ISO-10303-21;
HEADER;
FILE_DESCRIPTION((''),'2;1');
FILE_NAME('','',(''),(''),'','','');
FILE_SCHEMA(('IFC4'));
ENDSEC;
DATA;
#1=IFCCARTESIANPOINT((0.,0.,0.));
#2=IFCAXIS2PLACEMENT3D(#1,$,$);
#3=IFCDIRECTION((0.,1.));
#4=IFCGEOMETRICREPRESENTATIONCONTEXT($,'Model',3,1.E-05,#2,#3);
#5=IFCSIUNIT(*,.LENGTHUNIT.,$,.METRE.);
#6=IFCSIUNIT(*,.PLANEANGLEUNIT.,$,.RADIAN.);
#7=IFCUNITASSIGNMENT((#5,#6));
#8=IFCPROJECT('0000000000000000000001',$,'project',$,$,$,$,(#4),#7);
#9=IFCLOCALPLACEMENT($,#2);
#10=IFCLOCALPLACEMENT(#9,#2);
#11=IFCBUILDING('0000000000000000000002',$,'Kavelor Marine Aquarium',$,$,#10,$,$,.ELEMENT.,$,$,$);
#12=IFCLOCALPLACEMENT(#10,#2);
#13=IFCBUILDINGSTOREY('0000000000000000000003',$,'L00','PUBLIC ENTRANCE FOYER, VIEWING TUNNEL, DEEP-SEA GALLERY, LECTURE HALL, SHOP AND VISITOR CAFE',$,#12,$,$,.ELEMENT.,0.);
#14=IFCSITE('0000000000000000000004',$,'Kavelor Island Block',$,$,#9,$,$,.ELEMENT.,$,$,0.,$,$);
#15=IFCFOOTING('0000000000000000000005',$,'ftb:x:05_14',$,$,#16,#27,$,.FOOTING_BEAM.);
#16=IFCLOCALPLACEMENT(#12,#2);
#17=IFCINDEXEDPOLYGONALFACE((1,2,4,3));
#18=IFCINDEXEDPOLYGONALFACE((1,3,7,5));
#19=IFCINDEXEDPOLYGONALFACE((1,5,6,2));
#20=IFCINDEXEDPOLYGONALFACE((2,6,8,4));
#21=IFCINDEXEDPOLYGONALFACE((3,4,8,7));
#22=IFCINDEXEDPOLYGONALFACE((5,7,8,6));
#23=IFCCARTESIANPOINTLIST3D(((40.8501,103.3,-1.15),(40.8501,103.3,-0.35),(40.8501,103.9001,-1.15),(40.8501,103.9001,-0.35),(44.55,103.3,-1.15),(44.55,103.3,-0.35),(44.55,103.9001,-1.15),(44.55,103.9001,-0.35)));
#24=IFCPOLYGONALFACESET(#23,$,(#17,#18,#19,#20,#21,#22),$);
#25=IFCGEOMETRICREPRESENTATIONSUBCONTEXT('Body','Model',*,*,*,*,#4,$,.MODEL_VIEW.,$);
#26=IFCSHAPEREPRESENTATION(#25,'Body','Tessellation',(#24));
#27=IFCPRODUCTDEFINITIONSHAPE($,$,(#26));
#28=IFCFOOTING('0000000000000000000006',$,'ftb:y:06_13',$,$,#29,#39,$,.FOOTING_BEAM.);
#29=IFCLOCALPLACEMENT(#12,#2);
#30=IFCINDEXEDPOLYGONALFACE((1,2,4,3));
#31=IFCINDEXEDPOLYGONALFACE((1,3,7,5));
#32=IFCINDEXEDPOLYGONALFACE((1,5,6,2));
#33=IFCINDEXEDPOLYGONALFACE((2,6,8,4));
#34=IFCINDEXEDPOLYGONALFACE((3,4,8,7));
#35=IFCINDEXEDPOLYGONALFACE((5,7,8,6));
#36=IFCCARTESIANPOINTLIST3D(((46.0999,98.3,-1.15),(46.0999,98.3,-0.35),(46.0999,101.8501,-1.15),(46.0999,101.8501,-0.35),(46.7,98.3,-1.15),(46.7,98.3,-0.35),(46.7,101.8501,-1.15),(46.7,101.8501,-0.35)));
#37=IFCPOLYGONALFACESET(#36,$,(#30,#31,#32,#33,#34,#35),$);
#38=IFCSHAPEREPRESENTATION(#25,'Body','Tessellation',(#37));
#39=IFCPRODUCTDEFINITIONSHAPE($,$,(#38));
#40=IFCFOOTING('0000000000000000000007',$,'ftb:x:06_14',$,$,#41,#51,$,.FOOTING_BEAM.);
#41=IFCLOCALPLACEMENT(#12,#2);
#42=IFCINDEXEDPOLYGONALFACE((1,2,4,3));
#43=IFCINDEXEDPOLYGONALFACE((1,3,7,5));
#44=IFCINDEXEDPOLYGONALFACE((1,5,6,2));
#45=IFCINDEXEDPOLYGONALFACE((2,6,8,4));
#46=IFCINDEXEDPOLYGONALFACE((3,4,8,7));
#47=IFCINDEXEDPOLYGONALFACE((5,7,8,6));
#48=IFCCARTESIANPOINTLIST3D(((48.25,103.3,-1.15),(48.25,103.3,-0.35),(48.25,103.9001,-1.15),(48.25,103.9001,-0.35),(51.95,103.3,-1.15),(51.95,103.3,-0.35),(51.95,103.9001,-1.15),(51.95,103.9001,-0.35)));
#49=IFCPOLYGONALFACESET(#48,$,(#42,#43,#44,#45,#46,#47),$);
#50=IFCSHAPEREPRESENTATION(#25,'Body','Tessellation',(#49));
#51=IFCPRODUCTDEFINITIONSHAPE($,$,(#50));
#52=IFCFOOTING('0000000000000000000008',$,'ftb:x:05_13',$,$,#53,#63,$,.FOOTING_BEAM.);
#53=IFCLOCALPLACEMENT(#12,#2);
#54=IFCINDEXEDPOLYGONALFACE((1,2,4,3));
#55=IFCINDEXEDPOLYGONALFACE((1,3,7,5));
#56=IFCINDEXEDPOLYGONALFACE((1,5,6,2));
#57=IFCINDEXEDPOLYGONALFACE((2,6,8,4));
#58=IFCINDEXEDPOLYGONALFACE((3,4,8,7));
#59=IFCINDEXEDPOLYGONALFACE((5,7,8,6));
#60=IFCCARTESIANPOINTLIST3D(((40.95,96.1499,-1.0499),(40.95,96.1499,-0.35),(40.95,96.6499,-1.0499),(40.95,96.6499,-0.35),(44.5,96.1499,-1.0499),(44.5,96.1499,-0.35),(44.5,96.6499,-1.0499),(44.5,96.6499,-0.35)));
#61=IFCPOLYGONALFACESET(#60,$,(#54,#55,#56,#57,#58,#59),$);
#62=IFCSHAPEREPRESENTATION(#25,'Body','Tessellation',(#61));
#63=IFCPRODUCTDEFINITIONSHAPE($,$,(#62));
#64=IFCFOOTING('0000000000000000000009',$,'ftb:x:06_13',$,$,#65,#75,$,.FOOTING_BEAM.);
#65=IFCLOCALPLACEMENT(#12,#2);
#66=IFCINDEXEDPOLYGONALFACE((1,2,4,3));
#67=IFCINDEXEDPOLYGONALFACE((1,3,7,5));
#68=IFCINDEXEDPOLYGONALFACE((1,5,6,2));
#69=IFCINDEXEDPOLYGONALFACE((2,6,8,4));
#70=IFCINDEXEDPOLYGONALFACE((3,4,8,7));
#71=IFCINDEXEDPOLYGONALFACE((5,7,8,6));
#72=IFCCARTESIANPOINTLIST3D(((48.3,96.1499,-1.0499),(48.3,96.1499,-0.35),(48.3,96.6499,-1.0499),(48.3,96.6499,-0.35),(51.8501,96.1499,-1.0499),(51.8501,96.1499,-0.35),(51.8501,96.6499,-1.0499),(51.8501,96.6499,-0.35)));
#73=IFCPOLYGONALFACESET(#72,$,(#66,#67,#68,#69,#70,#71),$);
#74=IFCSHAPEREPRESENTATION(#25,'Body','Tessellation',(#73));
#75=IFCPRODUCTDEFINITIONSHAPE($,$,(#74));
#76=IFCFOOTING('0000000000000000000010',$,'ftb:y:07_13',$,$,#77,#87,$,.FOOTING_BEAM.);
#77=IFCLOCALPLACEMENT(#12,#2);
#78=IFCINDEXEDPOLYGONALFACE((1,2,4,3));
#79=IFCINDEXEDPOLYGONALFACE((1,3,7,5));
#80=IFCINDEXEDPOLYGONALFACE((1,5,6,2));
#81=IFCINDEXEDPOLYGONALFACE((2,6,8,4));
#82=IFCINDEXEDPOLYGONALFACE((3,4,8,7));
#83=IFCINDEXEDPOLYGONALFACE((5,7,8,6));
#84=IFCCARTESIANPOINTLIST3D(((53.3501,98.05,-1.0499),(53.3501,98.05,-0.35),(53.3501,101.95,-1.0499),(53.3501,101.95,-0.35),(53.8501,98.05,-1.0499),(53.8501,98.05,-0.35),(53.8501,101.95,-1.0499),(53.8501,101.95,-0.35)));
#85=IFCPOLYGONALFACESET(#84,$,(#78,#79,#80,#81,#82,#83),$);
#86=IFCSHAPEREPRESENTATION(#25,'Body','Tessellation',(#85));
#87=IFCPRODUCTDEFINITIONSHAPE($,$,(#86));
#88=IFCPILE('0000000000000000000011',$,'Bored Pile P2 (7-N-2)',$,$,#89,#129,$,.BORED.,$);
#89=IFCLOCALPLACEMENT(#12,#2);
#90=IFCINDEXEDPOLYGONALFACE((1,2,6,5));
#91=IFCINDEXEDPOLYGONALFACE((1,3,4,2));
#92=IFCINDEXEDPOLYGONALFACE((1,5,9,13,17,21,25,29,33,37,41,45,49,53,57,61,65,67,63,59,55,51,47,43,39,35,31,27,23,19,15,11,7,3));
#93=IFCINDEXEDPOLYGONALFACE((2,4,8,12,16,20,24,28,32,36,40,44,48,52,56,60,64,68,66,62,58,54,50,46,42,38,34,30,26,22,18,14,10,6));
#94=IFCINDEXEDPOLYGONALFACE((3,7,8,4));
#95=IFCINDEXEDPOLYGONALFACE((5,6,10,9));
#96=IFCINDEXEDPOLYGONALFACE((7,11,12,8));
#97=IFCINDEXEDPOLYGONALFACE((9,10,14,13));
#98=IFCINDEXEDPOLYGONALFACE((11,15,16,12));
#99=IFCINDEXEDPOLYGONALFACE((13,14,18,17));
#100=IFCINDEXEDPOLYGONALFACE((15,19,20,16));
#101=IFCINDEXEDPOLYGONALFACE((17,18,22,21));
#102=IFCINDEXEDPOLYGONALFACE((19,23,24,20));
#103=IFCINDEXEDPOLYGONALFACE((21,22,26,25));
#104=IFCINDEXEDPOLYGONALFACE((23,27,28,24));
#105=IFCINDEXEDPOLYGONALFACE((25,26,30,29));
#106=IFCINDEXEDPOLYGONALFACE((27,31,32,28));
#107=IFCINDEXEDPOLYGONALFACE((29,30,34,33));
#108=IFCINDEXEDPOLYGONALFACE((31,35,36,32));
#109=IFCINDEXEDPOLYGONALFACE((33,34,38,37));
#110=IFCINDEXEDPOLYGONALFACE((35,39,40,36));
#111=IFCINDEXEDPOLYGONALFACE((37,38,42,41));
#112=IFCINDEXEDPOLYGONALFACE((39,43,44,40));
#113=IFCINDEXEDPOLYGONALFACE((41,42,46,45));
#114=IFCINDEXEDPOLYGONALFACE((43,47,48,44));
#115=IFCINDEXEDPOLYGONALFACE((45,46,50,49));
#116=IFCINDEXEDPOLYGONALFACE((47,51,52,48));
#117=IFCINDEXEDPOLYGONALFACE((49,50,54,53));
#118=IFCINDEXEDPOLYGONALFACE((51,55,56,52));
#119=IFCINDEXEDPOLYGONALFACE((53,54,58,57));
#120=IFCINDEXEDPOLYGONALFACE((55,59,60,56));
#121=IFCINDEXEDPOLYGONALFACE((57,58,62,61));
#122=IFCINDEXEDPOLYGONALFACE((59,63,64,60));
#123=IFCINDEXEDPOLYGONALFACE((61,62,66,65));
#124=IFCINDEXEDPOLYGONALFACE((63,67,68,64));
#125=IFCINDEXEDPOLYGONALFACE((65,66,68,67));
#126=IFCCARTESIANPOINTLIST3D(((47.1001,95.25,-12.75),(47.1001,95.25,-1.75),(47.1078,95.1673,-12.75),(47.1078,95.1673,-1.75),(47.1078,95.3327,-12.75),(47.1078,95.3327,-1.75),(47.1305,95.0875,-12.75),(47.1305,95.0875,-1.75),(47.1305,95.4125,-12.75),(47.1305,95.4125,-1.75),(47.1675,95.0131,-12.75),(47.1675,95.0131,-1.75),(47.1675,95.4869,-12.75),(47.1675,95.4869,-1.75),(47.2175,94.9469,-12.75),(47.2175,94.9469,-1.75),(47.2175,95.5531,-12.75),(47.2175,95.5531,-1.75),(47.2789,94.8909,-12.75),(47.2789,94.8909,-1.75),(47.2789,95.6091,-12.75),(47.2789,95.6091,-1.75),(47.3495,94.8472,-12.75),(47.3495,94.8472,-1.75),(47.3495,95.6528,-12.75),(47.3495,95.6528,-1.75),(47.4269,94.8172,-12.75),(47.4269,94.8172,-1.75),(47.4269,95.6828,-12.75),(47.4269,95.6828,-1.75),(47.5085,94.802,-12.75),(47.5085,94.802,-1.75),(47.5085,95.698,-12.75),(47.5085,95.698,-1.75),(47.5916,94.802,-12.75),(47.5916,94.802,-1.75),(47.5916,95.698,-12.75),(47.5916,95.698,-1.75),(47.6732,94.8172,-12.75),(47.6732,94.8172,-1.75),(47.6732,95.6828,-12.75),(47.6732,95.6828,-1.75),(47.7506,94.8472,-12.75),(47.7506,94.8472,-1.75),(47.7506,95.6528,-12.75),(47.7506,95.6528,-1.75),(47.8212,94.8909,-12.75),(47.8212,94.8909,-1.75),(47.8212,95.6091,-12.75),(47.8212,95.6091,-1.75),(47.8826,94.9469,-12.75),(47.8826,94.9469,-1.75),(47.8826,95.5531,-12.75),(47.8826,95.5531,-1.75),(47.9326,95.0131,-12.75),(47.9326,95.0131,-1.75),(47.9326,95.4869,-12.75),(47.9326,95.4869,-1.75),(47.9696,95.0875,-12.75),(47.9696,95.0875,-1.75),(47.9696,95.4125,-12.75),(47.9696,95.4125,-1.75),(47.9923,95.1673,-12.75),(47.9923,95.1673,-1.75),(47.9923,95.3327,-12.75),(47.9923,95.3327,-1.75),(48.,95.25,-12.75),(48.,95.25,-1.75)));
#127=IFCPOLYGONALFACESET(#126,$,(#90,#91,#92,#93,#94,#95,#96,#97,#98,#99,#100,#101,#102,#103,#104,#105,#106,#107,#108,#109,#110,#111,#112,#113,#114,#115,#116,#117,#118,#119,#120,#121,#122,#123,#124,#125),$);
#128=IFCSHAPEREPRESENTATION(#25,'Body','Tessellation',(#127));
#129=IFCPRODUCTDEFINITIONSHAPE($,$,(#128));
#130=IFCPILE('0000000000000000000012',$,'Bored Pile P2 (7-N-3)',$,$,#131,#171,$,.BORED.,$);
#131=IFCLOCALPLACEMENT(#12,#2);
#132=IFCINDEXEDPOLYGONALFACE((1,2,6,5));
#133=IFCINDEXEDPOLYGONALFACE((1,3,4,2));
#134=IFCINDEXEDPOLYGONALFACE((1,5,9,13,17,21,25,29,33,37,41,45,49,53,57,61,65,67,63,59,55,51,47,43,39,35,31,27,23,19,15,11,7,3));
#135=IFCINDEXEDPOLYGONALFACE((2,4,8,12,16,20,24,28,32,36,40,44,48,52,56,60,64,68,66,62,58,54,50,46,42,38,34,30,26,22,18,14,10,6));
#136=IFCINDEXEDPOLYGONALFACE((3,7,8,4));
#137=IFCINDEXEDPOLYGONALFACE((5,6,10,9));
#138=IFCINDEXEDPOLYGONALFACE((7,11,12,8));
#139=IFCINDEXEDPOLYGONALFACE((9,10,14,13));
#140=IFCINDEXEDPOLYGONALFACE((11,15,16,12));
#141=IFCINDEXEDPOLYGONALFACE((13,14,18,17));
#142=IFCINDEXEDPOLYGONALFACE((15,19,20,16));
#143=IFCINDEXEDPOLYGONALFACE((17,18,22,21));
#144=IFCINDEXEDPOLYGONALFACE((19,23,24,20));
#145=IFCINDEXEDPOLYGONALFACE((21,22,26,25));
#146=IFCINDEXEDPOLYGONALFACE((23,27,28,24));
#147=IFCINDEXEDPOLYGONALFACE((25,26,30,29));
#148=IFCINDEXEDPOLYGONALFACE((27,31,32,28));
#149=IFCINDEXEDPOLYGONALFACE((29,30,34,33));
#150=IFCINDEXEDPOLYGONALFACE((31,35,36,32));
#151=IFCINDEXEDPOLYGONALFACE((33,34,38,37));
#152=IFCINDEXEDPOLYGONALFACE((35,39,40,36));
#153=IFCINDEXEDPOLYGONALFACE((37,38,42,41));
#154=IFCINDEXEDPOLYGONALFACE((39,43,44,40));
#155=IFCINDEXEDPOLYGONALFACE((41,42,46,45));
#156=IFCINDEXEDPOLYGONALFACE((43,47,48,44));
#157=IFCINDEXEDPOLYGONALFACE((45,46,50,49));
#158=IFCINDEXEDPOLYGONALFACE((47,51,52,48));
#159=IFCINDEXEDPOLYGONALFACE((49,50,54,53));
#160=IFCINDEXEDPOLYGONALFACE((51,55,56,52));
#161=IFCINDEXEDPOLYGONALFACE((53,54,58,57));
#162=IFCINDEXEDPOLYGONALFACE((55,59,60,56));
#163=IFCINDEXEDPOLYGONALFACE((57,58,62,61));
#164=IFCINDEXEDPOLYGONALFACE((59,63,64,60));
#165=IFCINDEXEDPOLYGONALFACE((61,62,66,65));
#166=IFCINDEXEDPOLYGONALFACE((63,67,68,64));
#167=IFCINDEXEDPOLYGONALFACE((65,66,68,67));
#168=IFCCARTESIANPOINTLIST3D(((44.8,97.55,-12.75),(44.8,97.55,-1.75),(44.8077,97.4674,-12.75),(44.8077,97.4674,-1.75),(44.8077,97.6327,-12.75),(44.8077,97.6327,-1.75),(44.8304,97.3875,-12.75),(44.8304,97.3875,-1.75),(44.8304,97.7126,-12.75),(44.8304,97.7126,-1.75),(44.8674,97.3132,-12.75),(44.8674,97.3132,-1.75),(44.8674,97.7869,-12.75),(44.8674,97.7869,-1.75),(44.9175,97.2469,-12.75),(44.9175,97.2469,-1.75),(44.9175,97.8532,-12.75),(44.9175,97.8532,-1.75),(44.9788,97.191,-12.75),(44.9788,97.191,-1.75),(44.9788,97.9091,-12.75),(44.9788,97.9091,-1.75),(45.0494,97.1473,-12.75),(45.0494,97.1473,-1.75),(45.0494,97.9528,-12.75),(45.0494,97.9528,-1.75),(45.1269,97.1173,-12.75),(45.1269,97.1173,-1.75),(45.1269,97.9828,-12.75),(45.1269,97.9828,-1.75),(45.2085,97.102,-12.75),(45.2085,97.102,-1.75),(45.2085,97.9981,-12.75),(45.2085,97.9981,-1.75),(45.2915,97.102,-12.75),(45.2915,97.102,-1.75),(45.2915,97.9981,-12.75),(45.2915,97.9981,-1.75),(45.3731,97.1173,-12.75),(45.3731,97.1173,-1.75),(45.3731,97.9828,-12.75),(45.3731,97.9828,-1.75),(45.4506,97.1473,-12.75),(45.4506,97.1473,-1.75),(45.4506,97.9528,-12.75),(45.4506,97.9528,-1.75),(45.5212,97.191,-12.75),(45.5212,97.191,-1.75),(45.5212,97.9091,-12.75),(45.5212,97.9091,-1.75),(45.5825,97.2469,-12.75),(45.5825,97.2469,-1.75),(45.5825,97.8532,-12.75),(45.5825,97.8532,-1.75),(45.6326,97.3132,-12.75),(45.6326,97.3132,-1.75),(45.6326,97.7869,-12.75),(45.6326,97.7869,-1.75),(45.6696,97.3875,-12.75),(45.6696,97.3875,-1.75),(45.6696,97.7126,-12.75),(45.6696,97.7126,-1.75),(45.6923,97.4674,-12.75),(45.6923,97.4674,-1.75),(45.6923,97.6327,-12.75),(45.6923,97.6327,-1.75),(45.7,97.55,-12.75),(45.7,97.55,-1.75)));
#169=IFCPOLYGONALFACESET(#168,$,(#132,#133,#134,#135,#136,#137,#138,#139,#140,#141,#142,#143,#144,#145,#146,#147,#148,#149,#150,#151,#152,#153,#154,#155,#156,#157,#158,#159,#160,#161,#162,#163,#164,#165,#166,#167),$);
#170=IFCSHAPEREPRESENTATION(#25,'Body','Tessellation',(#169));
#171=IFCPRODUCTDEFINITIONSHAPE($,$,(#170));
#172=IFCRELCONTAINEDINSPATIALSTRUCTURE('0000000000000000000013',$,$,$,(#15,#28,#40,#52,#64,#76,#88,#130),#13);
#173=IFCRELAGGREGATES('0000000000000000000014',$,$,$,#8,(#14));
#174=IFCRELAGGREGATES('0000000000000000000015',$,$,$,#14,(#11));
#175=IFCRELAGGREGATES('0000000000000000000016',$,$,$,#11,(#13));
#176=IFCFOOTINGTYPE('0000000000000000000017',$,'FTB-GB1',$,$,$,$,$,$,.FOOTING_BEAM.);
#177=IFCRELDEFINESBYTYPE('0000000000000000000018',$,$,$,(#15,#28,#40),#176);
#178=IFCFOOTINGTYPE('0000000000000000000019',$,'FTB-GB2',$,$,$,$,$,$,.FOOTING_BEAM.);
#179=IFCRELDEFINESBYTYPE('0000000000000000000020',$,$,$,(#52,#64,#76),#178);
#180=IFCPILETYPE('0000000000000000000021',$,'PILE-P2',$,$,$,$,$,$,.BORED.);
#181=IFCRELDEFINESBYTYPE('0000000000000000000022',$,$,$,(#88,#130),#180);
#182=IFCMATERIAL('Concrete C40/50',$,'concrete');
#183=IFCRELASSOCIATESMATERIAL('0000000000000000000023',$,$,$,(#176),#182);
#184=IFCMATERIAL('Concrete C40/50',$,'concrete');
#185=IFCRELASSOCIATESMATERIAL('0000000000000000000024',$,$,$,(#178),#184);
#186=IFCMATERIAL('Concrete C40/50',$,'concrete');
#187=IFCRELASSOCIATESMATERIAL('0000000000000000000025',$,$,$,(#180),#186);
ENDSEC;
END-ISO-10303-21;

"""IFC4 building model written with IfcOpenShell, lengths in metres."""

from ifc_helpers import new_model, si_unit, direction, frame, origin, origin_2d, place, context, subcontext, project, spatial, rectangle, circle, extrude, material, material_profile, profile_set, type_object, element, save


model = new_model("IFC4")

# Units and contexts
model_context = context("Model", 3, precision=1e-05, world=origin(), true_north=direction((0.0, 1.0)))
body_context = subcontext(model_context, "Body", "Model", "MODEL_VIEW")
ifc_project = project(units=[si_unit("LENGTHUNIT", "METRE"), si_unit("PLANEANGLEUNIT", "RADIAN")], contexts=[model_context])

# Site, building, storey
site_placement = place(None, origin())
site = spatial("IfcSite", under=ifc_project, at=site_placement, Name="Kavelor Island Block", CompositionType="ELEMENT", RefElevation=0.0)
building_placement = place(site_placement, origin())
building = spatial("IfcBuilding", under=site, at=building_placement, Name="Kavelor Marine Aquarium", CompositionType="ELEMENT")
storey_placement = place(building_placement, origin())
storey = spatial("IfcBuildingStorey", under=building, at=storey_placement, Name="L00", Description="PUBLIC ENTRANCE FOYER, VIEWING TUNNEL, DEEP-SEA GALLERY, LECTURE HALL, SHOP AND VISITOR CAFE", CompositionType="ELEMENT", Elevation=0.0)

# Footings
ifc_material_1 = material(Name="Concrete C40/50", Category="concrete")
ifc_material_profile_1 = material_profile(ifc_material_1, rectangle(XDim=0.6001, YDim=0.8, at=origin_2d()), Name="GB 600x800")
ifc_profile_set_1 = profile_set([ifc_material_profile_1], Name="Concrete C40/50")
footing_type_1 = type_object("IfcFootingType", Name="FTB-GB1", PredefinedType="FOOTING_BEAM", material=ifc_profile_set_1)
footing_1_placement = place(storey_placement, frame((40.8501, 103.6001, -0.75), z_axis=(1.0, 0.0, 0.0), x_axis=(0.0, 1.0, 0.0)))
element("IfcFooting", 1, at=footing_1_placement, inside=storey, type_object=footing_type_1, Name="ftb:x:05_14", PredefinedType="FOOTING_BEAM", context=body_context, shape_type="SweptSolid", body=[
    extrude(rectangle(XDim=0.6001, YDim=0.8, at=origin_2d()), origin(), (0.0, 0.0, 1.0), 3.7),
])
footing_2_placement = place(storey_placement, frame((46.3999, 98.3, -0.75), z_axis=(0.0, 1.0, 0.0), x_axis=(-1.0, 0.0, 0.0)))
element("IfcFooting", 2, at=footing_2_placement, inside=storey, type_object=footing_type_1, Name="ftb:y:06_13", PredefinedType="FOOTING_BEAM", context=body_context, shape_type="SweptSolid", body=[
    extrude(rectangle(XDim=0.6001, YDim=0.8, at=origin_2d()), origin(), (0.0, 0.0, 1.0), 3.55),
])
footing_3_placement = place(storey_placement, frame((48.25, 103.6001, -0.75), z_axis=(1.0, 0.0, 0.0), x_axis=(0.0, 1.0, 0.0)))
element("IfcFooting", 3, at=footing_3_placement, inside=storey, type_object=footing_type_1, Name="ftb:x:06_14", PredefinedType="FOOTING_BEAM", context=body_context, shape_type="SweptSolid", body=[
    extrude(rectangle(XDim=0.6001, YDim=0.8, at=origin_2d()), origin(), (0.0, 0.0, 1.0), 3.7),
])
ifc_material_2 = material(Name="Concrete C40/50", Category="concrete")
ifc_material_profile_2 = material_profile(ifc_material_2, rectangle(XDim=0.5, YDim=0.7, at=origin_2d()), Name="GB 500x700")
ifc_profile_set_2 = profile_set([ifc_material_profile_2], Name="Concrete C40/50")
footing_type_2 = type_object("IfcFootingType", Name="FTB-GB2", PredefinedType="FOOTING_BEAM", material=ifc_profile_set_2)
for number, where, z_axis, x_axis, name in (
    (4, (40.95, 96.3999, -0.7), (1.0, 0.0, 0.0), (0.0, 1.0, 0.0), "ftb:x:05_13"),
    (5, (48.3, 96.3999, -0.7), (1.0, 0.0, 0.0), (0.0, 1.0, 0.0), "ftb:x:06_13"),
):
    element("IfcFooting", number, at=place(storey_placement, frame(where, z_axis=z_axis, x_axis=x_axis)), inside=storey, type_object=footing_type_2, Name=name, PredefinedType="FOOTING_BEAM", context=body_context, shape_type="SweptSolid", body=[
        extrude(rectangle(XDim=0.5, YDim=0.7, at=origin_2d()), origin(), (0.0, 0.0, 1.0), 3.55),
    ])
footing_4_placement = place(storey_placement, frame((53.6001, 98.05, -0.7), z_axis=(0.0, 1.0, 0.0), x_axis=(-1.0, 0.0, 0.0)))
element("IfcFooting", 6, at=footing_4_placement, inside=storey, type_object=footing_type_2, Name="ftb:y:07_13", PredefinedType="FOOTING_BEAM", context=body_context, shape_type="SweptSolid", body=[
    extrude(rectangle(XDim=0.5, YDim=0.7, at=origin_2d()), origin(), (0.0, 0.0, 1.0), 3.8999),
])

# Piles
ifc_material_3 = material(Name="Concrete C40/50", Category="concrete")
ifc_material_profile_3 = material_profile(ifc_material_3, circle(Radius=0.45, at=origin_2d()), Name="PILE D900")
ifc_profile_set_3 = profile_set([ifc_material_profile_3], Name="Concrete C40/50")
pile_type_1 = type_object("IfcPileType", Name="PILE-P2", PredefinedType="BORED", material=ifc_profile_set_3)
for number, where, z_axis, x_axis, name in (
    (7, (47.55, 95.25, -1.75), (0.0, 0.0, -1.0), (1.0, 0.0, 0.0), "Bored Pile P2 (7-N-2)"),
    (8, (45.25, 97.55, -1.75), (0.0, 0.0, -1.0), (1.0, 0.0, 0.0), "Bored Pile P2 (7-N-3)"),
):
    element("IfcPile", number, at=place(storey_placement, frame(where, z_axis=z_axis, x_axis=x_axis)), inside=storey, type_object=pile_type_1, Name=name, PredefinedType="BORED", context=body_context, shape_type="SweptSolid", body=[
        extrude(circle(Radius=0.45, at=origin_2d()), origin(), (0.0, 0.0, 1.0), 11.0),
    ])

save(model, "model.ifc")
